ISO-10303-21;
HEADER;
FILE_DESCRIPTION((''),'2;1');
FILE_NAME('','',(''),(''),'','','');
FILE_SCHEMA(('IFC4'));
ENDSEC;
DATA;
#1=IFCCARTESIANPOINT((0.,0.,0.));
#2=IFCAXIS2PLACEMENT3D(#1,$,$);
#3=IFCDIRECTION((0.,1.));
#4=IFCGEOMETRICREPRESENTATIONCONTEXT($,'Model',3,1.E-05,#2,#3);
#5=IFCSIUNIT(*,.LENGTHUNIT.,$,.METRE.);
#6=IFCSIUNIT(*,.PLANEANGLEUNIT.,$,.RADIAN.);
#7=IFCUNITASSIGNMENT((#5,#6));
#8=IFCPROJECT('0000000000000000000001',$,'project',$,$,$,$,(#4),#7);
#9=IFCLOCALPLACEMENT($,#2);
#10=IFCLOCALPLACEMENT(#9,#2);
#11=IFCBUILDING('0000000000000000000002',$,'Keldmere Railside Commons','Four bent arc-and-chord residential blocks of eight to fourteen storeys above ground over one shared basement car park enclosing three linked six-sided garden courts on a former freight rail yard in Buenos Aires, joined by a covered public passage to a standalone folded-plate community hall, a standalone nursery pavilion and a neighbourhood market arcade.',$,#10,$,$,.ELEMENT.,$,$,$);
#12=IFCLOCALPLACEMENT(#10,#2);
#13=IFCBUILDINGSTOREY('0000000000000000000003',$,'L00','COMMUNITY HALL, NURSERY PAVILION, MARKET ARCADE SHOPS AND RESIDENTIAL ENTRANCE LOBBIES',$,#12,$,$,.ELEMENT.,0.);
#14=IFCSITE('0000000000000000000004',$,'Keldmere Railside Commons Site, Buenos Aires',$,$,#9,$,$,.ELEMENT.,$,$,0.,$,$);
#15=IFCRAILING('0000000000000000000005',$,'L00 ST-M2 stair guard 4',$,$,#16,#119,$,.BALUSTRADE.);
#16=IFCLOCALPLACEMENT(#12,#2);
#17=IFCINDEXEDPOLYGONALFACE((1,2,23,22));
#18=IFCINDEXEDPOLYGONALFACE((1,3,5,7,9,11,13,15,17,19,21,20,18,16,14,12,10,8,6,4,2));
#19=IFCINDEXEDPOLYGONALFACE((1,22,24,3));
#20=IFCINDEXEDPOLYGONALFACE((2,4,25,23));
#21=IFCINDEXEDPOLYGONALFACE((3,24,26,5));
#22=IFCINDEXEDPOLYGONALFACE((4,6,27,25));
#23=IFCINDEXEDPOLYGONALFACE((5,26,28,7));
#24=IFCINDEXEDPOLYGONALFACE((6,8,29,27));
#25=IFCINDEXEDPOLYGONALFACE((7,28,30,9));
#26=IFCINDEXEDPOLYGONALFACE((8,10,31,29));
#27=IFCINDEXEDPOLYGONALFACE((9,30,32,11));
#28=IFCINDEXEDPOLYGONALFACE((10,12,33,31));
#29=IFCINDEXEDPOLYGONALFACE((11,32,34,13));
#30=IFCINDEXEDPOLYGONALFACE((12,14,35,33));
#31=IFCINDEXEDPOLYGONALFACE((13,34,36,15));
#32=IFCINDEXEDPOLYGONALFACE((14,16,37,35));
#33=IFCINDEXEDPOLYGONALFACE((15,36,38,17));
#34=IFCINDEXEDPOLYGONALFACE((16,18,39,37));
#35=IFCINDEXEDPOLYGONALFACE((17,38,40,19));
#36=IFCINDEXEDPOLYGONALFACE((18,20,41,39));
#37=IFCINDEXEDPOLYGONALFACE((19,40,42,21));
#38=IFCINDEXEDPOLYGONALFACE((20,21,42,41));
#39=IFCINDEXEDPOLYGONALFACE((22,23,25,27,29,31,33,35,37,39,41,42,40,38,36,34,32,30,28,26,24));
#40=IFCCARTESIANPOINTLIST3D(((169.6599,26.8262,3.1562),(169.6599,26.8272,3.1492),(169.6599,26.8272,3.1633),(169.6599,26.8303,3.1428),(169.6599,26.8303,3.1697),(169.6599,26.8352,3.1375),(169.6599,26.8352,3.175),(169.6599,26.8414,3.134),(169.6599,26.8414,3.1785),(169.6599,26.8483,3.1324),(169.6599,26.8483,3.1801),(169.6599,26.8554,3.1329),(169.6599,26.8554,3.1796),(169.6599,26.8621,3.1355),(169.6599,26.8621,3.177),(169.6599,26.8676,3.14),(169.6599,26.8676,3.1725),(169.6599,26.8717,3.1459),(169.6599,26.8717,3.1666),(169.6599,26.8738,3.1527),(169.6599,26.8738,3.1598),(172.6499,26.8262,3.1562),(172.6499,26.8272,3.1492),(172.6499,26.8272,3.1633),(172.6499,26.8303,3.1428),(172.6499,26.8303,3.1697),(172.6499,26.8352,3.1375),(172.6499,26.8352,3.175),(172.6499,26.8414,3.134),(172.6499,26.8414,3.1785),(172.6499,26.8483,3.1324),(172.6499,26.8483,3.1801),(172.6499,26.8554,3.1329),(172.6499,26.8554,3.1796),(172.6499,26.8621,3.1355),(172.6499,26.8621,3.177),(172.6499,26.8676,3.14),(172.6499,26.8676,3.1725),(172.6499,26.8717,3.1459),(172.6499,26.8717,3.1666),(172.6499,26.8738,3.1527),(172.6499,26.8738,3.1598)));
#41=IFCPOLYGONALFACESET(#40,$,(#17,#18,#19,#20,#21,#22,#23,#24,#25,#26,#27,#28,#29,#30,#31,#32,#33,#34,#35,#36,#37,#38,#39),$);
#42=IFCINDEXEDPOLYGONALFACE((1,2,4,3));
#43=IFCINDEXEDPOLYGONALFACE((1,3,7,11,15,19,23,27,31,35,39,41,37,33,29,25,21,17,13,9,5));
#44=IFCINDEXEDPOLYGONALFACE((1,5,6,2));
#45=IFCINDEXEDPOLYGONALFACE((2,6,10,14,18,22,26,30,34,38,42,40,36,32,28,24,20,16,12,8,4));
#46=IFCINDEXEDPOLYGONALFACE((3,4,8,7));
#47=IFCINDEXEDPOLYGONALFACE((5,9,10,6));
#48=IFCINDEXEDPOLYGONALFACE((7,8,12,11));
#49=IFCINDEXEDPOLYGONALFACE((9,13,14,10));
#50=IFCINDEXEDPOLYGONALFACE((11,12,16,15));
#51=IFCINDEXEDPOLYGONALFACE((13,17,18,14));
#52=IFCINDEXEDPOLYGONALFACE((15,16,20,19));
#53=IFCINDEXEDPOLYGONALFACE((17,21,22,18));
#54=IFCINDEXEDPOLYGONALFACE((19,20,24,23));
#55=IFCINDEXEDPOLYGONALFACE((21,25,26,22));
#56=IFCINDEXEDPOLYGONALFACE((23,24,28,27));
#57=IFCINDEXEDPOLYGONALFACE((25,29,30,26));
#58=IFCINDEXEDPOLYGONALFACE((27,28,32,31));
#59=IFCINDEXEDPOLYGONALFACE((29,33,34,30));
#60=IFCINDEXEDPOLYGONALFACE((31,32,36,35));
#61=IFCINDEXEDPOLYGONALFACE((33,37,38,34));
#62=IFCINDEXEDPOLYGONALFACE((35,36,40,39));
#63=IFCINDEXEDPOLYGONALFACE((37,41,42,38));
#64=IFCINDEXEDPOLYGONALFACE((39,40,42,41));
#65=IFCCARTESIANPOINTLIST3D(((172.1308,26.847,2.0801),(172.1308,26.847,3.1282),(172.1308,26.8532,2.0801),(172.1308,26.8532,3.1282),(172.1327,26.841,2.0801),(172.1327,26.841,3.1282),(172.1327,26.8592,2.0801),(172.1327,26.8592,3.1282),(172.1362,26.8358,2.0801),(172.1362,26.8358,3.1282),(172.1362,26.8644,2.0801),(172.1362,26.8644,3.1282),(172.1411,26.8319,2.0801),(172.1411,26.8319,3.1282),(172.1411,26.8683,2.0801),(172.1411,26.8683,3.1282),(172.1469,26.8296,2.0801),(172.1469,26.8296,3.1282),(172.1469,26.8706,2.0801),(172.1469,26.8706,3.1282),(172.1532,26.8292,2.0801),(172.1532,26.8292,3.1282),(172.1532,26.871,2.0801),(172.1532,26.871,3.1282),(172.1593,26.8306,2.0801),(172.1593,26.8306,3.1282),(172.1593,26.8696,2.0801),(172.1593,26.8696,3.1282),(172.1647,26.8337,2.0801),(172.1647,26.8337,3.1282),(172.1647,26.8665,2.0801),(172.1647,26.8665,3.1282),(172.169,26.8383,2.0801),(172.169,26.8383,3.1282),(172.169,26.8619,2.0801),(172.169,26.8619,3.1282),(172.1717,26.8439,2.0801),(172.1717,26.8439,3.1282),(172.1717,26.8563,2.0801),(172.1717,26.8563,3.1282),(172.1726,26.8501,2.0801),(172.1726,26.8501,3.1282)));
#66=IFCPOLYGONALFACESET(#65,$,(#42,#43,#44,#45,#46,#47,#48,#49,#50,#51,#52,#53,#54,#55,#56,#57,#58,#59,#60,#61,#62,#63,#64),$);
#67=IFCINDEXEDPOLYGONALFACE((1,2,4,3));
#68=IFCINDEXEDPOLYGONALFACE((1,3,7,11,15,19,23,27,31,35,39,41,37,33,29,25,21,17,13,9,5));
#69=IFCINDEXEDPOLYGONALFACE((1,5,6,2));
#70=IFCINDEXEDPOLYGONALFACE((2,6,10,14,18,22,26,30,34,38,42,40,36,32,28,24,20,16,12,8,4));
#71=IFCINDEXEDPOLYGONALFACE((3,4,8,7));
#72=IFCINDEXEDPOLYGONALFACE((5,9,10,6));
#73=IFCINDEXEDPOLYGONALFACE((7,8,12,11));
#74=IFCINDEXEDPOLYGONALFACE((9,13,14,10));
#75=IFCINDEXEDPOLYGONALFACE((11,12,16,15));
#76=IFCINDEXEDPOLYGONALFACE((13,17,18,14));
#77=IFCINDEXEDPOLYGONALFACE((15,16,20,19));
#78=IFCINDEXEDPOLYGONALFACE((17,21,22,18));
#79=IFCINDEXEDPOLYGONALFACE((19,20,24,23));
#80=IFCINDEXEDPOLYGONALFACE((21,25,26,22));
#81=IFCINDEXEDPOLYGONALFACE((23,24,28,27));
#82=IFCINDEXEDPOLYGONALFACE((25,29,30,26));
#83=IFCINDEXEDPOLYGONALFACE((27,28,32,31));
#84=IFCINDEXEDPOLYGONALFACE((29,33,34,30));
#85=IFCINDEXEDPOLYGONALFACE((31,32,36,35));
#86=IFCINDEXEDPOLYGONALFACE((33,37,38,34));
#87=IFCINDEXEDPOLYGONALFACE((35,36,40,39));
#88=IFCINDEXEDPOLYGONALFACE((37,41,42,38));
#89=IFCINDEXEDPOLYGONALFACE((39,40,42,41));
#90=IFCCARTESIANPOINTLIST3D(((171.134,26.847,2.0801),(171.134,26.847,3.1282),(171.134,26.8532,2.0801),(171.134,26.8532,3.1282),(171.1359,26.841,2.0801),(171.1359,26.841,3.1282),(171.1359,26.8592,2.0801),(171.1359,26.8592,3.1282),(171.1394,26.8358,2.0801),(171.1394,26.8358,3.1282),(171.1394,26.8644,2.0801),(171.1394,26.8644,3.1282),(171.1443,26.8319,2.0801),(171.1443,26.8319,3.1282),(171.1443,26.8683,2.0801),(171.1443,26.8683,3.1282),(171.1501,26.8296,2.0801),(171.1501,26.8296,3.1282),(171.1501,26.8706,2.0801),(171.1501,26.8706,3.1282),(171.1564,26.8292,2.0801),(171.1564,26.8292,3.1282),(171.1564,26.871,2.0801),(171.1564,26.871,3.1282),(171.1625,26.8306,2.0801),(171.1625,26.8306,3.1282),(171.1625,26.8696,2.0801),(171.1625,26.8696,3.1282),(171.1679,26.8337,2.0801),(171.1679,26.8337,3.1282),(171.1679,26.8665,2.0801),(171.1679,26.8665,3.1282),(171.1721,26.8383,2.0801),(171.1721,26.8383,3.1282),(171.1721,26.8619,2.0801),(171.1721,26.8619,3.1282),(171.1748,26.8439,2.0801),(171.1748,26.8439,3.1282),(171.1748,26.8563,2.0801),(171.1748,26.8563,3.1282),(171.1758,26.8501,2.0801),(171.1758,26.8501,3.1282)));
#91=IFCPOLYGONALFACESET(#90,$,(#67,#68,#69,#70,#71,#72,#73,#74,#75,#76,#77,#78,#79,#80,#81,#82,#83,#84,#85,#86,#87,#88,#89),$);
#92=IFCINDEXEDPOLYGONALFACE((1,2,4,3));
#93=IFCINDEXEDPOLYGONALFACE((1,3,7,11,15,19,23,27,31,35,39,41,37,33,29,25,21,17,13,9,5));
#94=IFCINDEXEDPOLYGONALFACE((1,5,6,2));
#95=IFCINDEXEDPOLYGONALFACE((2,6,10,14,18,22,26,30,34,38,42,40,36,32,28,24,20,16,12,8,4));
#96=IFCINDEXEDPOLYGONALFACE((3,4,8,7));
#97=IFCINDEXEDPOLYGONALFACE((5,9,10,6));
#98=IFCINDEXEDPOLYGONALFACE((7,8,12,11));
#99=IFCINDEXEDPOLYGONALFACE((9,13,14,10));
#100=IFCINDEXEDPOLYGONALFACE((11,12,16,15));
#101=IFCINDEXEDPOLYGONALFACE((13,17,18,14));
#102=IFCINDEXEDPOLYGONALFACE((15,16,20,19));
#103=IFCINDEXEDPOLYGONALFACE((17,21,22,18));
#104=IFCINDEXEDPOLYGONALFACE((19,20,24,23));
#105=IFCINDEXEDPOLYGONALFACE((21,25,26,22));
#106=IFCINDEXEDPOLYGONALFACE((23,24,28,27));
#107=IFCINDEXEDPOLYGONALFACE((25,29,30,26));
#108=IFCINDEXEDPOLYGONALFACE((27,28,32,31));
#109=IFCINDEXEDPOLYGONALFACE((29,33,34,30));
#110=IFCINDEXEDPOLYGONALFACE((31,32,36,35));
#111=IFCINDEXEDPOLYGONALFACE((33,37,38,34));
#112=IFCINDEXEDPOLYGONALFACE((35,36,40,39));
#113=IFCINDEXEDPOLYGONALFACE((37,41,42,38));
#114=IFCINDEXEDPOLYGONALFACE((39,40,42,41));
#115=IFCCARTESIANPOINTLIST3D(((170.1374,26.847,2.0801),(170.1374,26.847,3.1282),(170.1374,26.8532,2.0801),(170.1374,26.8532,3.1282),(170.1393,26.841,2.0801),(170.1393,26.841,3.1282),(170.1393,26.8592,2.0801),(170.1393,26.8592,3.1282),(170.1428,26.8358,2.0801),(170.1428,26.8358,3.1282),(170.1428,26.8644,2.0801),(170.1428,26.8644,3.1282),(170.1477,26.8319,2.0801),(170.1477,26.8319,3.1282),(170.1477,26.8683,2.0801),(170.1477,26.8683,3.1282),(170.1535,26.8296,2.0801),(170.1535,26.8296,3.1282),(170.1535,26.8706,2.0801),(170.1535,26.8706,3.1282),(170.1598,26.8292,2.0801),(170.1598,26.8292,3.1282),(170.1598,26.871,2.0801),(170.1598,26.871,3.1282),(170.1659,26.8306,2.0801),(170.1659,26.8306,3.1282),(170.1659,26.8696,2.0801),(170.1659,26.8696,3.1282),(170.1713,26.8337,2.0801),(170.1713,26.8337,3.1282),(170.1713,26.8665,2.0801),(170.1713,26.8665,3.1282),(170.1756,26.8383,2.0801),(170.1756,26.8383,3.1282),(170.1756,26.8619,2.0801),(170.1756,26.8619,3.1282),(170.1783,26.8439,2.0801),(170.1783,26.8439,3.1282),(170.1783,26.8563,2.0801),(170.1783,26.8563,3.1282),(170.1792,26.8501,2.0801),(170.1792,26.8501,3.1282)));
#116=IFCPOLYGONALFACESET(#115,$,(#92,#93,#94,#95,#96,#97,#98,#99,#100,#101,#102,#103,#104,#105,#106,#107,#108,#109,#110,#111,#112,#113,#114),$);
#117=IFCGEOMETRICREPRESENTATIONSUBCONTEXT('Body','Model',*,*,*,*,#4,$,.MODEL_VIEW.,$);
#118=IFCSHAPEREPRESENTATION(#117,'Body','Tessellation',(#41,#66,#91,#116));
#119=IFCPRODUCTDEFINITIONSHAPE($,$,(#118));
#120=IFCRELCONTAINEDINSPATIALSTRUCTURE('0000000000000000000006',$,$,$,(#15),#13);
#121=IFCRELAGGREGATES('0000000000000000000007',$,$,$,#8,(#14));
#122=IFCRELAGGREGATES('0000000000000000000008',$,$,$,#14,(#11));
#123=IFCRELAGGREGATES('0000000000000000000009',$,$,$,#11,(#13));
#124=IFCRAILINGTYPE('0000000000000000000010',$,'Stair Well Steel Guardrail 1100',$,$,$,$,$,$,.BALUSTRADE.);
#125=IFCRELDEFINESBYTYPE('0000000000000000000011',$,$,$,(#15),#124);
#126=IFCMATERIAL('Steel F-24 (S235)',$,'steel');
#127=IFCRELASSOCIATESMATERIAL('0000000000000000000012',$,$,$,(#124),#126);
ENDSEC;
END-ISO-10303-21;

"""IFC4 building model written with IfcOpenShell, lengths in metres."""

from ifc_helpers import new_model, si_unit, direction, frame, origin, origin_2d, place, context, subcontext, project, spatial, circle, extrude, material, type_object, element, save


model = new_model("IFC4")

# Units and contexts
model_context = context("Model", 3, precision=1e-05, world=origin(), true_north=direction((0.0, 1.0)))
body_context = subcontext(model_context, "Body", "Model", "MODEL_VIEW")
ifc_project = project(units=[si_unit("LENGTHUNIT", "METRE"), si_unit("PLANEANGLEUNIT", "RADIAN")], contexts=[model_context])

# Site, building, storey
site_placement = place(None, origin())
site = spatial("IfcSite", under=ifc_project, at=site_placement, Name="Keldmere Railside Commons Site, Buenos Aires", CompositionType="ELEMENT", RefElevation=0.0)
building_placement = place(site_placement, origin())
building = spatial("IfcBuilding", under=site, at=building_placement, Name="Keldmere Railside Commons", Description="Four bent arc-and-chord residential blocks of eight to fourteen storeys above ground over one shared basement car park enclosing three linked six-sided garden courts on a former freight rail yard in Buenos Aires, joined by a covered public passage to a standalone folded-plate community hall, a standalone nursery pavilion and a neighbourhood market arcade.", CompositionType="ELEMENT")
storey_placement = place(building_placement, origin())
storey = spatial("IfcBuildingStorey", under=building, at=storey_placement, Name="L00", Description="COMMUNITY HALL, NURSERY PAVILION, MARKET ARCADE SHOPS AND RESIDENTIAL ENTRANCE LOBBIES", CompositionType="ELEMENT", Elevation=0.0)

# Shared definitions
ifc_material_1 = material(Name="Steel F-24 (S235)", Category="steel")

# Railing
railing_type = type_object("IfcRailingType", Name="Stair Well Steel Guardrail 1100", PredefinedType="BALUSTRADE", material=ifc_material_1)
railing_1_placement = place(storey_placement, frame((172.6499, 26.8501, 2.0801)))
element("IfcRailing", 1, at=railing_1_placement, inside=storey, type_object=railing_type, Name="L00 ST-M2 stair guard 4", PredefinedType="BALUSTRADE", context=body_context, shape_type="SweptSolid", body=[
    extrude(circle(Radius=0.0239, at=origin_2d()), frame((0.0, 0.0, 1.0762), z_axis=(-1.0, 0.0, 0.0), x_axis=(0.0, -1.0, 0.0)), (0.0, 0.0, 1.0), 2.99),
    extrude(circle(Radius=0.021, at=origin_2d()), frame((-0.4983, 0.0, 0.0)), (0.0, 0.0, 1.0), 1.0481),
    extrude(circle(Radius=0.021, at=origin_2d()), frame((-1.4951, 0.0, 0.0)), (0.0, 0.0, 1.0), 1.0481),
    extrude(circle(Radius=0.021, at=origin_2d()), frame((-2.4917, 0.0, 0.0)), (0.0, 0.0, 1.0), 1.0481),
])

save(model, "model.ifc")
